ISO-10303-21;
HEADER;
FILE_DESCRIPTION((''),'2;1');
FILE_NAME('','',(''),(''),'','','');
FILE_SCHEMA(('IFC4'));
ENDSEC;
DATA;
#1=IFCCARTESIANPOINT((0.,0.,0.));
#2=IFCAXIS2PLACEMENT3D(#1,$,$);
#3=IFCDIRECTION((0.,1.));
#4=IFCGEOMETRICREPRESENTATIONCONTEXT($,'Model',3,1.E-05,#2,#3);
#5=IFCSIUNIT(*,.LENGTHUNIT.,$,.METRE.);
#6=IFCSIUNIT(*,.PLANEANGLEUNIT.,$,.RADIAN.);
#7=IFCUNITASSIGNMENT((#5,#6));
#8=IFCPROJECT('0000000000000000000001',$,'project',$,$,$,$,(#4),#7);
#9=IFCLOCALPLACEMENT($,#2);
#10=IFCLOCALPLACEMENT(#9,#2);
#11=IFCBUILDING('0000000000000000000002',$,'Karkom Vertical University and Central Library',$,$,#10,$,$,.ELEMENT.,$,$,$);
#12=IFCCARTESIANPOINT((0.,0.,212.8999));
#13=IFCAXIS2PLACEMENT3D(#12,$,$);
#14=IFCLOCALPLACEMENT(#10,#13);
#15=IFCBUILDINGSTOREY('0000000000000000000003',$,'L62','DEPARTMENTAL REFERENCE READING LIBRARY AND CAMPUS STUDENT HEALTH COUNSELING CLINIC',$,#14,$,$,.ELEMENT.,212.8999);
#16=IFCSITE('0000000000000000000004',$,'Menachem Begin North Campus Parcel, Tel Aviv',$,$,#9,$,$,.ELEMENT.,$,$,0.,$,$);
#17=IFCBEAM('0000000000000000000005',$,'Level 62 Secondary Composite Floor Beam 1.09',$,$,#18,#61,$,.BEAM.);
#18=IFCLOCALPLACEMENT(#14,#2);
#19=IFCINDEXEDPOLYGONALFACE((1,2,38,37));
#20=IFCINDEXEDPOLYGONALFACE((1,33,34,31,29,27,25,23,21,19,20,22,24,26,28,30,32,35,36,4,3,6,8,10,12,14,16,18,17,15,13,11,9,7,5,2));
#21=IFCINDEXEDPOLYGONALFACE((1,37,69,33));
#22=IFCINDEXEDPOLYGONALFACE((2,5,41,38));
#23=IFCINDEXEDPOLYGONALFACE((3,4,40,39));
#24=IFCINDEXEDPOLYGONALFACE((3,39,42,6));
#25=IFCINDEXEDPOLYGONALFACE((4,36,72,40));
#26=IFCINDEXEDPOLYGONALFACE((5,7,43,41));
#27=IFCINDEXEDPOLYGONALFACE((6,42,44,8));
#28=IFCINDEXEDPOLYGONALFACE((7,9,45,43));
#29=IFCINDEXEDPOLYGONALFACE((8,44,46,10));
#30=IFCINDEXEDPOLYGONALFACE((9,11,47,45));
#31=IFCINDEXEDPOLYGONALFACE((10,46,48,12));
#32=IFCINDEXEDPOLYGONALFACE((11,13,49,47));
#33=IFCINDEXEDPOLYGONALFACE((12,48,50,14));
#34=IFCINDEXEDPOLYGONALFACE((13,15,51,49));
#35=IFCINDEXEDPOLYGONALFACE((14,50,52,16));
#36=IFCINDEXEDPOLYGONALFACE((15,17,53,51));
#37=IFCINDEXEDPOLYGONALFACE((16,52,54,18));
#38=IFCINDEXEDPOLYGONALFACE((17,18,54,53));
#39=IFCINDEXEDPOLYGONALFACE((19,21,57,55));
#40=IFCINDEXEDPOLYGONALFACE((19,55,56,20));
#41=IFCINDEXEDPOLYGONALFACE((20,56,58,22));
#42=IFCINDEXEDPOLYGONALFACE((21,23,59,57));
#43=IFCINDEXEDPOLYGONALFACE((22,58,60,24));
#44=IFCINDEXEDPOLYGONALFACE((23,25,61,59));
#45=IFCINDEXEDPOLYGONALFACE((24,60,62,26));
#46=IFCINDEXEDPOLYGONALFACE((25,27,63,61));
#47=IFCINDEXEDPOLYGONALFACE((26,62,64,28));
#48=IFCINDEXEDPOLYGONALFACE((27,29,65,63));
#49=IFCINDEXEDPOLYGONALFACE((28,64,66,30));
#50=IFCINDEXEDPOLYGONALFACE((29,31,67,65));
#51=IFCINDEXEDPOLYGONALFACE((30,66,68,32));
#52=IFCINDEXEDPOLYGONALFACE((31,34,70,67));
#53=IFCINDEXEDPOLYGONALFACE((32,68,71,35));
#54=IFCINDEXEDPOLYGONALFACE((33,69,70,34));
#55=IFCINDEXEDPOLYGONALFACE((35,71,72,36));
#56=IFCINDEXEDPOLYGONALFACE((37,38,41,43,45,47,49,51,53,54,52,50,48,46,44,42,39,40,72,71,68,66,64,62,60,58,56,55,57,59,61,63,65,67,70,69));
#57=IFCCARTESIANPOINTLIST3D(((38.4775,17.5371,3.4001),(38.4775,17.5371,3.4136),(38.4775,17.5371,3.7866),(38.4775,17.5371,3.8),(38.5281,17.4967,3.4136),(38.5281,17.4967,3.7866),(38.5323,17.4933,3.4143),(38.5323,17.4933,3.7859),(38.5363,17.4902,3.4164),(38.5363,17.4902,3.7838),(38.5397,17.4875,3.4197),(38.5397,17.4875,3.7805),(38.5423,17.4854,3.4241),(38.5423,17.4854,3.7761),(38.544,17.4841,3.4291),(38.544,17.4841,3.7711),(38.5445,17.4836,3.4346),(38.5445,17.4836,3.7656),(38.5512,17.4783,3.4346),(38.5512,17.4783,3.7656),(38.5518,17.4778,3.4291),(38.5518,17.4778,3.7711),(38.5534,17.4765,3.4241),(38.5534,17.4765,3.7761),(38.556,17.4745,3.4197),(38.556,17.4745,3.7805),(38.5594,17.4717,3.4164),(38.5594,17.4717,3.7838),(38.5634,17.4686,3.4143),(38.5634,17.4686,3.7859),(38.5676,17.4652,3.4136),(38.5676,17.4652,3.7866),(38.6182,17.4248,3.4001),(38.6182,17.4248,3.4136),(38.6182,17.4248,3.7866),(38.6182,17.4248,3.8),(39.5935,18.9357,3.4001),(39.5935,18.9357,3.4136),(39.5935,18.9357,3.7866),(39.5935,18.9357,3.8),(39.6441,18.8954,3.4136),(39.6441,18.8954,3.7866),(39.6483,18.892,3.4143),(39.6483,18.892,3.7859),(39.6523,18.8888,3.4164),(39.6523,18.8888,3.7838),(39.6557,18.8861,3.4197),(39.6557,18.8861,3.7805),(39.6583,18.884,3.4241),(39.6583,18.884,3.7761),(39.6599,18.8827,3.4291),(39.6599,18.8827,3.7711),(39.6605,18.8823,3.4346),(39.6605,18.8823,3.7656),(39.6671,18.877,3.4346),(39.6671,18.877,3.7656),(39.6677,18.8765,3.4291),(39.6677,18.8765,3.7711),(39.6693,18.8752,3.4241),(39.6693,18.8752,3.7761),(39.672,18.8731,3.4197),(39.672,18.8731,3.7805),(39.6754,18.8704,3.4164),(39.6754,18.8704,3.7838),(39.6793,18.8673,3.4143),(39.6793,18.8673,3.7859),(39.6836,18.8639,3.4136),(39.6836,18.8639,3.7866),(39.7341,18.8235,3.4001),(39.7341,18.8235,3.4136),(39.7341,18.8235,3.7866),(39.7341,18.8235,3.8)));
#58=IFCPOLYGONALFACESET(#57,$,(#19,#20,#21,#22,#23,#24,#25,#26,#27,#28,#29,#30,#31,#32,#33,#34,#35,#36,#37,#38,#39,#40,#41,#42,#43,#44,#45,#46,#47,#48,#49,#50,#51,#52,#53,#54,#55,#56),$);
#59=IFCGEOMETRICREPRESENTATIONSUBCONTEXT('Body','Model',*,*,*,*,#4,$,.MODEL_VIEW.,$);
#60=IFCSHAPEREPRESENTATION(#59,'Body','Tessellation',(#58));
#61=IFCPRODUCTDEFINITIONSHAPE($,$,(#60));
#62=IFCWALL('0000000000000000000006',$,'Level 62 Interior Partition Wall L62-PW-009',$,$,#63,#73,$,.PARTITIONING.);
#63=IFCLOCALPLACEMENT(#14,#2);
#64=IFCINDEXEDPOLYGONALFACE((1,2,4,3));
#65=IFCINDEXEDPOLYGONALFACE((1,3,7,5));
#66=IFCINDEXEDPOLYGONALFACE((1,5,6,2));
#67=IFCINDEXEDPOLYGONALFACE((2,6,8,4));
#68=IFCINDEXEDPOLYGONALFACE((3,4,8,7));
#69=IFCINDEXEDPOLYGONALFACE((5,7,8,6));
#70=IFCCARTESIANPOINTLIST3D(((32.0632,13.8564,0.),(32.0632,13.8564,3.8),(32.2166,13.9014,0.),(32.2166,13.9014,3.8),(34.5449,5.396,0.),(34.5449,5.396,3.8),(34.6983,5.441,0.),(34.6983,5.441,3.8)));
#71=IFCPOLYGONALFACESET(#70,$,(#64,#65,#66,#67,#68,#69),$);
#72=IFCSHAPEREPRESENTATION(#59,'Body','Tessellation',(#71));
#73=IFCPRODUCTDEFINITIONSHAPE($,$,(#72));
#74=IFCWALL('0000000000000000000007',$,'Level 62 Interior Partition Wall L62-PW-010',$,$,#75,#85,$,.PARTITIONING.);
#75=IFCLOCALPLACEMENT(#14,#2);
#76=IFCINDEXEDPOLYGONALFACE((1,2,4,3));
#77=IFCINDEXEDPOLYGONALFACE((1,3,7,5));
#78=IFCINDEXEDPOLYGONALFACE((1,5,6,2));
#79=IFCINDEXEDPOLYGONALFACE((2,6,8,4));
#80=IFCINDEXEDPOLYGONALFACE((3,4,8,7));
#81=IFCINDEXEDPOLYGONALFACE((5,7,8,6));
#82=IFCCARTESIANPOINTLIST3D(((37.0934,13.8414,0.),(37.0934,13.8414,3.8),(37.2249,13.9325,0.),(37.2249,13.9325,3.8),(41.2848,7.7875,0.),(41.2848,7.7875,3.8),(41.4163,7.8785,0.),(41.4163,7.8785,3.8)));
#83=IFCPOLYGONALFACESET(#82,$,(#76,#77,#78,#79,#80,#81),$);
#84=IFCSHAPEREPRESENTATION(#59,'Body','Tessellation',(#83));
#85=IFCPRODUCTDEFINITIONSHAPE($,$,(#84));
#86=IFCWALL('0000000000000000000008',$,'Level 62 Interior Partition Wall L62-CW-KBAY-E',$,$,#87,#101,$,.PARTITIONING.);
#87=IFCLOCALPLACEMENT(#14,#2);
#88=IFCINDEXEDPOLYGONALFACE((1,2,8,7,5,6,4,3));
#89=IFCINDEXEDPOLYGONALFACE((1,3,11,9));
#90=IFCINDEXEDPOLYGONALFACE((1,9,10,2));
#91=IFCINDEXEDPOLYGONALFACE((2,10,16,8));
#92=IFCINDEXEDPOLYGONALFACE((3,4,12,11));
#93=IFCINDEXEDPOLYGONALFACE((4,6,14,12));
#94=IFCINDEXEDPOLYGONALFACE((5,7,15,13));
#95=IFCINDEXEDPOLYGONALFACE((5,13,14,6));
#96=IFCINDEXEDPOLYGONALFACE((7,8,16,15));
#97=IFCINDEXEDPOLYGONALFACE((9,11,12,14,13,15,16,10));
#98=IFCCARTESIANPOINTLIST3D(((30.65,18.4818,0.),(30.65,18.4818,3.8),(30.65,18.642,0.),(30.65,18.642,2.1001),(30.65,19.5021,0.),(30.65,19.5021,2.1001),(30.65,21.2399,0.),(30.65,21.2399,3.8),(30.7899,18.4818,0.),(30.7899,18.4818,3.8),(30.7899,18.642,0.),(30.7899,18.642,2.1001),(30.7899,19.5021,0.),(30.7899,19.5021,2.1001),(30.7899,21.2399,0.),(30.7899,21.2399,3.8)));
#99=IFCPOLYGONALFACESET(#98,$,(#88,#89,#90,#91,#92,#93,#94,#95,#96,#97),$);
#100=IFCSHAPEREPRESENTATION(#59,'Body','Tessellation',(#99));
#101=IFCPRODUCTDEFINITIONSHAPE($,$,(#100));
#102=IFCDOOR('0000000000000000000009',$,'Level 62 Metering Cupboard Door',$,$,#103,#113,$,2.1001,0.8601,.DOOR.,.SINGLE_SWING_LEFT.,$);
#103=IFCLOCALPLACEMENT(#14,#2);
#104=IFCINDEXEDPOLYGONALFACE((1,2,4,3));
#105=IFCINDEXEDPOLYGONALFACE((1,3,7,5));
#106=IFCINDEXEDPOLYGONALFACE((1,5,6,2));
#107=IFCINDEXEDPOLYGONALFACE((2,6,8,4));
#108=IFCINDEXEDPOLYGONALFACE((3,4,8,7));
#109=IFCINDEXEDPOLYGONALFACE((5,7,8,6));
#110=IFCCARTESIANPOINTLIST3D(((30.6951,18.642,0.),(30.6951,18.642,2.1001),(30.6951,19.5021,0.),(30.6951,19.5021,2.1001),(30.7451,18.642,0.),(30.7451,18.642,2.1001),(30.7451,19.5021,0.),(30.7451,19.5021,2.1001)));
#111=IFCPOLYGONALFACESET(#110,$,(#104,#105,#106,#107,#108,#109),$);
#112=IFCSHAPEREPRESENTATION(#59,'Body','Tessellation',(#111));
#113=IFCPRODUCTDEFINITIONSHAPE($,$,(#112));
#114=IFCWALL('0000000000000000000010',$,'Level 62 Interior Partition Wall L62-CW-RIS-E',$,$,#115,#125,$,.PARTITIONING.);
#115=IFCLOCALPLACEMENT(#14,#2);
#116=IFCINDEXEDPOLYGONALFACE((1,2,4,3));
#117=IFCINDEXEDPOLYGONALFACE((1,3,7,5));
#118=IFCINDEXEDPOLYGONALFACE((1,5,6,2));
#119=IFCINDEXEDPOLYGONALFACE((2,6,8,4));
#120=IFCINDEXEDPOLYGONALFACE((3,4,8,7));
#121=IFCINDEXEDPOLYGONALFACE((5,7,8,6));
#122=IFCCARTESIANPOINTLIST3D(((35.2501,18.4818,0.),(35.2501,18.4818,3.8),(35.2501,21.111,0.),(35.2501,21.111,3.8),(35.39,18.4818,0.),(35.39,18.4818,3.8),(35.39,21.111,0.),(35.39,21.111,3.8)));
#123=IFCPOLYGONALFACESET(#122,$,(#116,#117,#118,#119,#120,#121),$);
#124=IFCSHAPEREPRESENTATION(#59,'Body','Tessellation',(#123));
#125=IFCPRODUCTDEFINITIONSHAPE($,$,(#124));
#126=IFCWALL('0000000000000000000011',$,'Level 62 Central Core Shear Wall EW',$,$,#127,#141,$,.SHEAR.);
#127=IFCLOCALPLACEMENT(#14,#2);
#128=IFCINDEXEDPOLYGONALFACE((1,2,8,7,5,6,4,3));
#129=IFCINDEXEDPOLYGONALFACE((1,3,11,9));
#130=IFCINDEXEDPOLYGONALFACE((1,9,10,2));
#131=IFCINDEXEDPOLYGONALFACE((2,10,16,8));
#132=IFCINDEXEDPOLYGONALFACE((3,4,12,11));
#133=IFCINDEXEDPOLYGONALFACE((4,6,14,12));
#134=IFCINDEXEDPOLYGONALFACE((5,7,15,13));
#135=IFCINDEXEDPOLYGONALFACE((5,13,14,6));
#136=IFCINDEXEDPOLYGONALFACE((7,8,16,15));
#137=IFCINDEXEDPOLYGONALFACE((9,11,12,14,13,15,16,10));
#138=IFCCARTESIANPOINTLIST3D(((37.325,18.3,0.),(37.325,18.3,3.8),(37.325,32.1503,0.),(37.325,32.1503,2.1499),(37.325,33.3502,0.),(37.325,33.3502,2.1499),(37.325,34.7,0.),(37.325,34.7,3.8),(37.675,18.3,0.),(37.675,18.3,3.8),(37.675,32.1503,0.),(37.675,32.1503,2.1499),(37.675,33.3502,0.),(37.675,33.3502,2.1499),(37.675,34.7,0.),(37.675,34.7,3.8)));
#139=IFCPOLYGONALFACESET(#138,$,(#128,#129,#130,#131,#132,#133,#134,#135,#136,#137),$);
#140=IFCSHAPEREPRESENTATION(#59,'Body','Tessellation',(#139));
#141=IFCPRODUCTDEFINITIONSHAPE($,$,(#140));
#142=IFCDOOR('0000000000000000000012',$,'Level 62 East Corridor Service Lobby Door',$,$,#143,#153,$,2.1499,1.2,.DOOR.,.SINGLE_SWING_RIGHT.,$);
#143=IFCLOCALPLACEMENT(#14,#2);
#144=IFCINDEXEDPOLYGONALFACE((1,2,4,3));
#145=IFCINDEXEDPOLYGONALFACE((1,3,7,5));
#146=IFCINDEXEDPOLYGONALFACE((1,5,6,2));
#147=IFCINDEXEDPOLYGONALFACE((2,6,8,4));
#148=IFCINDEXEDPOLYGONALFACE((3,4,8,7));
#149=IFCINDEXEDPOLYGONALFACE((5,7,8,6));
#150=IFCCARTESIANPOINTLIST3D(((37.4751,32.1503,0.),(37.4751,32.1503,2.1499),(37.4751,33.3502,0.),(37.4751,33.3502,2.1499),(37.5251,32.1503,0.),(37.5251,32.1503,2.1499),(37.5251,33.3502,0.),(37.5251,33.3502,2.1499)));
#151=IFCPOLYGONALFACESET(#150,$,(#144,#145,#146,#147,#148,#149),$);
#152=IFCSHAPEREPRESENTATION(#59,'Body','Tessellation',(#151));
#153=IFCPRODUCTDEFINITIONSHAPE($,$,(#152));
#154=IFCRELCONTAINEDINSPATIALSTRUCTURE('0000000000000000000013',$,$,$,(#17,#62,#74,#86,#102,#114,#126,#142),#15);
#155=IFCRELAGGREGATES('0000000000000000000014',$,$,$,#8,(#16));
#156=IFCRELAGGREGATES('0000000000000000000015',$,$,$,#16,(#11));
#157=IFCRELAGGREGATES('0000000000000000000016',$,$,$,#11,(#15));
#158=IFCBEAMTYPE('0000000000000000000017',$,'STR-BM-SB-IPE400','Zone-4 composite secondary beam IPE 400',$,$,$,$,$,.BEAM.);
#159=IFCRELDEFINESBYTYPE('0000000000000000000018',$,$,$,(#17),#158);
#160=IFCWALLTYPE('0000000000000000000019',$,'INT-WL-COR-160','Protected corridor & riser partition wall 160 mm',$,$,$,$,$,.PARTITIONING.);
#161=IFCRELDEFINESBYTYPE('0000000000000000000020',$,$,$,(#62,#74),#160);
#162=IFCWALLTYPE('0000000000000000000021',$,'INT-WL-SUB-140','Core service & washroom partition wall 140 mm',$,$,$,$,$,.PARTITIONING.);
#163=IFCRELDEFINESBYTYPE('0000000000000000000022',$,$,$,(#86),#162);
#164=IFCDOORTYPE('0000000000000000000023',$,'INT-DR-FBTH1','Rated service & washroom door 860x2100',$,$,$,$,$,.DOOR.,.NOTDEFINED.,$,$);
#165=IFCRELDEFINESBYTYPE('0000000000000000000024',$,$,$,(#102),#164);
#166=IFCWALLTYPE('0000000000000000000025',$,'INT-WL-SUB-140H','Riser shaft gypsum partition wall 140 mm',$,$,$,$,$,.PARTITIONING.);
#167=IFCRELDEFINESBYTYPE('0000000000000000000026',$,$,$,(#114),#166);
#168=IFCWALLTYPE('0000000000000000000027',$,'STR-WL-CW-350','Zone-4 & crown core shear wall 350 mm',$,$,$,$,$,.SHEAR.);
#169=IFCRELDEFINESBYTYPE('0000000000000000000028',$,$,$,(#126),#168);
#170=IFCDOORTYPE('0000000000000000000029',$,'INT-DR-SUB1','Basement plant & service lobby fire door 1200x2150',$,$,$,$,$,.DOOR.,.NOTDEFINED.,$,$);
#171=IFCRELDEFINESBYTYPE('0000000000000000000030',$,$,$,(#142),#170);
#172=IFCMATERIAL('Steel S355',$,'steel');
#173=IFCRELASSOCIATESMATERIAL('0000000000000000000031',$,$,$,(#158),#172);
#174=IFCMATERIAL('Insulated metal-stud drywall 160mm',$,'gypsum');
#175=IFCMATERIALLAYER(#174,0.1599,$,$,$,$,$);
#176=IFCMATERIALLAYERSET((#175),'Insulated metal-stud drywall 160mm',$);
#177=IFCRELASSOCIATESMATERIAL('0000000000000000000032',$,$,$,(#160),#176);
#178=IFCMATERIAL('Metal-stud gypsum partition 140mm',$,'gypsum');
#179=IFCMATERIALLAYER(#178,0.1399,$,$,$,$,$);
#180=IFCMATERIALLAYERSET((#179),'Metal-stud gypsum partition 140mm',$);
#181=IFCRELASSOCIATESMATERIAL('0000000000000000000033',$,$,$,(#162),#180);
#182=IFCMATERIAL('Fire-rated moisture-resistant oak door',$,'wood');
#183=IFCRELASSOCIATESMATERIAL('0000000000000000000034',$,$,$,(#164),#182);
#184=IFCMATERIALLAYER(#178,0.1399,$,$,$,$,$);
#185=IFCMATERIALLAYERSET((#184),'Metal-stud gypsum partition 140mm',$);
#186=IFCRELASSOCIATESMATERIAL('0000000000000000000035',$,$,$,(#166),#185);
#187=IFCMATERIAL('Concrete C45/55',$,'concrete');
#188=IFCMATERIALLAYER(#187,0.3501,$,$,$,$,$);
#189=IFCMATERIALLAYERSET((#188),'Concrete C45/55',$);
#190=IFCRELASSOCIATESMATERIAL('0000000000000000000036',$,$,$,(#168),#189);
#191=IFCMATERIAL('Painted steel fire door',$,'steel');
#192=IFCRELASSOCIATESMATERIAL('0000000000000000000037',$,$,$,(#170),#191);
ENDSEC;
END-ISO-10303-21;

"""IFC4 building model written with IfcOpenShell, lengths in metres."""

from ifc_helpers import new_model, si_unit, direction, frame, frame_2d, origin, origin_with_axes, origin_2d, place, context, subcontext, project, spatial, rectangle, i_section, extrude, source, transform, mapped, material, layer, layer_set, material_profile, profile_set, type_object, element, fill, save


model = new_model("IFC4")

# Units and contexts
model_context = context("Model", 3, precision=1e-05, world=origin(), true_north=direction((0.0, 1.0)))
body_context = subcontext(model_context, "Body", "Model", "MODEL_VIEW")
ifc_project = project(units=[si_unit("LENGTHUNIT", "METRE"), si_unit("PLANEANGLEUNIT", "RADIAN")], contexts=[model_context])

# Site, building, storey
site_placement = place(None, origin())
site = spatial("IfcSite", under=ifc_project, at=site_placement, Name="Menachem Begin North Campus Parcel, Tel Aviv", CompositionType="ELEMENT", RefElevation=0.0)
building_placement = place(site_placement, origin())
building = spatial("IfcBuilding", under=site, at=building_placement, Name="Karkom Vertical University and Central Library", CompositionType="ELEMENT")
storey_placement = place(building_placement, frame((0.0, 0.0, 212.8999)))
storey = spatial("IfcBuildingStorey", under=building, at=storey_placement, Name="L62", Description="DEPARTMENTAL REFERENCE READING LIBRARY AND CAMPUS STUDENT HEALTH COUNSELING CLINIC", CompositionType="ELEMENT", Elevation=212.8999)

# Shared definitions
ifc_material_1 = material(Name="Concrete C45/55", Category="concrete")

# Beam
ifc_material_2 = material(Name="Steel S355", Category="steel")
ifc_material_profile_1 = material_profile(ifc_material_2, i_section(OverallWidth=0.1799, OverallDepth=0.3999, WebThickness=0.0085, FlangeThickness=0.0134, FilletRadius=0.021, at=origin_2d()), Name="IPE 400")
ifc_profile_set_1 = profile_set([ifc_material_profile_1], Name="Steel S355")
beam_type_1 = type_object("IfcBeamType", Name="STR-BM-SB-IPE400", Description="Zone-4 composite secondary beam IPE 400", PredefinedType="BEAM", material=ifc_profile_set_1)
shared_shape_1 = source(origin_with_axes(), body_context, "Body", "SweptSolid", [
    extrude(i_section(OverallWidth=0.1799, OverallDepth=0.3999, WebThickness=0.0085, FlangeThickness=0.0134, FilletRadius=0.021, at=origin_2d()), origin(), (0.0, 0.0, 1.0), 1.7893),
])
beam_1_placement = place(storey_placement, frame((38.5479, 17.481, 3.6001), z_axis=(0.62368, 0.78168, 0.0), x_axis=(-0.78168, 0.62368, 0.0)))
element("IfcBeam", 1, at=beam_1_placement, inside=storey, type_object=beam_type_1, Name="Level 62 Secondary Composite Floor Beam 1.09", PredefinedType="BEAM", context=body_context, shape_type="MappedRepresentation", body=[
    mapped(shared_shape_1, transform((0.0, 0.0, 0.0), scale=1.0)),
])

# Walls
ifc_material_3 = material(Name="Insulated metal-stud drywall 160mm", Category="gypsum")
ifc_layer_1 = layer(ifc_material_3, 0.1599)
ifc_layer_set_1 = layer_set([ifc_layer_1], Name="Insulated metal-stud drywall 160mm")
wall_type_1 = type_object("IfcWallType", Name="INT-WL-COR-160", Description="Protected corridor & riser partition wall 160 mm", PredefinedType="PARTITIONING", material=ifc_layer_set_1)
wall_1_placement = place(storey_placement, frame((32.1399, 13.8789, 0.0), z_axis=(0.0, 0.0, 1.0), x_axis=(0.281469, -0.95957, 0.0)))
element("IfcWall", 2, at=wall_1_placement, inside=storey, type_object=wall_type_1, Name="Level 62 Interior Partition Wall L62-PW-009", PredefinedType="PARTITIONING", context=body_context, shape_type="SweptSolid", body=[
    extrude(rectangle(XDim=8.8169, YDim=0.1599, at=frame_2d((4.4084, 0.0))), origin(), (0.0, 0.0, 1.0), 3.8),
])
wall_2_placement = place(storey_placement, frame((37.1592, 13.887, 0.0), z_axis=(0.0, 0.0, 1.0), x_axis=(0.569229, -0.822179, 0.0)))
element("IfcWall", 3, at=wall_2_placement, inside=storey, type_object=wall_type_1, Name="Level 62 Interior Partition Wall L62-PW-010", PredefinedType="PARTITIONING", context=body_context, shape_type="SweptSolid", body=[
    extrude(rectangle(XDim=7.3633, YDim=0.1599, at=frame_2d((3.6816, 0.0))), origin(), (0.0, 0.0, 1.0), 3.8),
])

# Wall, opening, door
ifc_material_4 = material(Name="Metal-stud gypsum partition 140mm", Category="gypsum")
ifc_layer_2 = layer(ifc_material_4, 0.1399)
ifc_layer_set_2 = layer_set([ifc_layer_2], Name="Metal-stud gypsum partition 140mm")
wall_type_2 = type_object("IfcWallType", Name="INT-WL-SUB-140", Description="Core service & washroom partition wall 140 mm", PredefinedType="PARTITIONING", material=ifc_layer_set_2)
wall_3_placement = place(storey_placement, frame((30.72, 18.4819, 0.0), z_axis=(0.0, 0.0, 1.0), x_axis=(0.0, 1.0, 0.0)))
wall_3 = element("IfcWall", 4, at=wall_3_placement, inside=storey, type_object=wall_type_2, Name="Level 62 Interior Partition Wall L62-CW-KBAY-E", PredefinedType="PARTITIONING", context=body_context, shape_type="SweptSolid", body=[
    extrude(rectangle(XDim=2.7581, YDim=0.1399, at=frame_2d((1.3789, 0.0))), origin(), (0.0, 0.0, 1.0), 3.8),
])
opening_1_placement = place(wall_3_placement, frame((0.1599, 0.0, 0.0)))
opening_1 = element("IfcOpeningElement", 5, at=opening_1_placement, cuts=wall_3, PredefinedType="OPENING", context=body_context, shape_type="SweptSolid", body=[
    extrude(rectangle(XDim=0.8601, YDim=2.1001, at=frame_2d((0.4302, 1.05))), frame((0.0, 0.0801, 0.0), z_axis=(0.0, -1.0, 0.0), x_axis=(1.0, 0.0, 0.0)), (0.0, 0.0, 1.0), 0.1599),
])
ifc_material_5 = material(Name="Fire-rated moisture-resistant oak door", Category="wood")
door_type_1 = type_object("IfcDoorType", Name="INT-DR-FBTH1", Description="Rated service & washroom door 860x2100", OperationType="NOTDEFINED", PredefinedType="DOOR", material=ifc_material_5)
shared_shape_2 = source(origin_with_axes(), body_context, "Body", "SweptSolid", [
    extrude(rectangle(XDim=0.8601, YDim=2.1001, at=frame_2d((0.4302, 1.05))), frame((0.0, 0.0249, 0.0), z_axis=(0.0, -1.0, 0.0), x_axis=(1.0, 0.0, 0.0)), (0.0, 0.0, 1.0), 0.05),
])
door_1_placement = place(opening_1_placement, origin())
door_1 = element("IfcDoor", 6, at=door_1_placement, inside=storey, type_object=door_type_1, Name="Level 62 Metering Cupboard Door", OperationType="SINGLE_SWING_LEFT", OverallHeight=2.1001, OverallWidth=0.8601, PredefinedType="DOOR", context=body_context, shape_type="MappedRepresentation", body=[
    mapped(shared_shape_2, transform((0.0, 0.0, 0.0), scale=1.0)),
])
fill(opening_1, door_1)

# Wall
ifc_layer_3 = layer(ifc_material_4, 0.1399)
ifc_layer_set_3 = layer_set([ifc_layer_3], Name="Metal-stud gypsum partition 140mm")
wall_type_3 = type_object("IfcWallType", Name="INT-WL-SUB-140H", Description="Riser shaft gypsum partition wall 140 mm", PredefinedType="PARTITIONING", material=ifc_layer_set_3)
wall_4_placement = place(storey_placement, frame((35.3201, 18.4819, 0.0), z_axis=(0.0, 0.0, 1.0), x_axis=(0.0, 1.0, 0.0)))
element("IfcWall", 7, at=wall_4_placement, inside=storey, type_object=wall_type_3, Name="Level 62 Interior Partition Wall L62-CW-RIS-E", PredefinedType="PARTITIONING", context=body_context, shape_type="SweptSolid", body=[
    extrude(rectangle(XDim=2.6292, YDim=0.1399, at=frame_2d((1.3145, 0.0))), origin(), (0.0, 0.0, 1.0), 3.8),
])

# Wall, opening, door
ifc_layer_4 = layer(ifc_material_1, 0.3501)
ifc_layer_set_4 = layer_set([ifc_layer_4], Name="Concrete C45/55")
wall_type_4 = type_object("IfcWallType", Name="STR-WL-CW-350", Description="Zone-4 & crown core shear wall 350 mm", PredefinedType="SHEAR", material=ifc_layer_set_4)
wall_5_placement = place(storey_placement, frame((37.5, 18.3, 0.0), z_axis=(0.0, 0.0, 1.0), x_axis=(0.0, 1.0, 0.0)))
wall_5 = element("IfcWall", 8, at=wall_5_placement, inside=storey, type_object=wall_type_4, Name="Level 62 Central Core Shear Wall EW", PredefinedType="SHEAR", context=body_context, shape_type="SweptSolid", body=[
    extrude(rectangle(XDim=16.3999, YDim=0.3501, at=frame_2d((8.2, 0.0))), origin(), (0.0, 0.0, 1.0), 3.8),
])
opening_2_placement = place(wall_5_placement, frame((13.8501, 0.0, 0.0)))
opening_2 = element("IfcOpeningElement", 9, at=opening_2_placement, cuts=wall_5, PredefinedType="OPENING", context=body_context, shape_type="SweptSolid", body=[
    extrude(rectangle(XDim=1.2, YDim=2.1499, at=frame_2d((0.6001, 1.075))), frame((0.0, 0.1851, 0.0), z_axis=(0.0, -1.0, 0.0), x_axis=(1.0, 0.0, 0.0)), (0.0, 0.0, 1.0), 0.3701),
])
ifc_material_6 = material(Name="Painted steel fire door", Category="steel")
door_type_2 = type_object("IfcDoorType", Name="INT-DR-SUB1", Description="Basement plant & service lobby fire door 1200x2150", OperationType="NOTDEFINED", PredefinedType="DOOR", material=ifc_material_6)
shared_shape_3 = source(origin_with_axes(), body_context, "Body", "SweptSolid", [
    extrude(rectangle(XDim=1.2, YDim=2.1499, at=frame_2d((0.6001, 1.075))), frame((0.0, 0.0249, 0.0), z_axis=(0.0, -1.0, 0.0), x_axis=(1.0, 0.0, 0.0)), (0.0, 0.0, 1.0), 0.05),
])
door_2_placement = place(opening_2_placement, origin())
door_2 = element("IfcDoor", 10, at=door_2_placement, inside=storey, type_object=door_type_2, Name="Level 62 East Corridor Service Lobby Door", OperationType="SINGLE_SWING_RIGHT", OverallHeight=2.1499, OverallWidth=1.2, PredefinedType="DOOR", context=body_context, shape_type="MappedRepresentation", body=[
    mapped(shared_shape_3, transform((0.0, 0.0, 0.0), scale=1.0)),
])
fill(opening_2, door_2)

save(model, "model.ifc")
